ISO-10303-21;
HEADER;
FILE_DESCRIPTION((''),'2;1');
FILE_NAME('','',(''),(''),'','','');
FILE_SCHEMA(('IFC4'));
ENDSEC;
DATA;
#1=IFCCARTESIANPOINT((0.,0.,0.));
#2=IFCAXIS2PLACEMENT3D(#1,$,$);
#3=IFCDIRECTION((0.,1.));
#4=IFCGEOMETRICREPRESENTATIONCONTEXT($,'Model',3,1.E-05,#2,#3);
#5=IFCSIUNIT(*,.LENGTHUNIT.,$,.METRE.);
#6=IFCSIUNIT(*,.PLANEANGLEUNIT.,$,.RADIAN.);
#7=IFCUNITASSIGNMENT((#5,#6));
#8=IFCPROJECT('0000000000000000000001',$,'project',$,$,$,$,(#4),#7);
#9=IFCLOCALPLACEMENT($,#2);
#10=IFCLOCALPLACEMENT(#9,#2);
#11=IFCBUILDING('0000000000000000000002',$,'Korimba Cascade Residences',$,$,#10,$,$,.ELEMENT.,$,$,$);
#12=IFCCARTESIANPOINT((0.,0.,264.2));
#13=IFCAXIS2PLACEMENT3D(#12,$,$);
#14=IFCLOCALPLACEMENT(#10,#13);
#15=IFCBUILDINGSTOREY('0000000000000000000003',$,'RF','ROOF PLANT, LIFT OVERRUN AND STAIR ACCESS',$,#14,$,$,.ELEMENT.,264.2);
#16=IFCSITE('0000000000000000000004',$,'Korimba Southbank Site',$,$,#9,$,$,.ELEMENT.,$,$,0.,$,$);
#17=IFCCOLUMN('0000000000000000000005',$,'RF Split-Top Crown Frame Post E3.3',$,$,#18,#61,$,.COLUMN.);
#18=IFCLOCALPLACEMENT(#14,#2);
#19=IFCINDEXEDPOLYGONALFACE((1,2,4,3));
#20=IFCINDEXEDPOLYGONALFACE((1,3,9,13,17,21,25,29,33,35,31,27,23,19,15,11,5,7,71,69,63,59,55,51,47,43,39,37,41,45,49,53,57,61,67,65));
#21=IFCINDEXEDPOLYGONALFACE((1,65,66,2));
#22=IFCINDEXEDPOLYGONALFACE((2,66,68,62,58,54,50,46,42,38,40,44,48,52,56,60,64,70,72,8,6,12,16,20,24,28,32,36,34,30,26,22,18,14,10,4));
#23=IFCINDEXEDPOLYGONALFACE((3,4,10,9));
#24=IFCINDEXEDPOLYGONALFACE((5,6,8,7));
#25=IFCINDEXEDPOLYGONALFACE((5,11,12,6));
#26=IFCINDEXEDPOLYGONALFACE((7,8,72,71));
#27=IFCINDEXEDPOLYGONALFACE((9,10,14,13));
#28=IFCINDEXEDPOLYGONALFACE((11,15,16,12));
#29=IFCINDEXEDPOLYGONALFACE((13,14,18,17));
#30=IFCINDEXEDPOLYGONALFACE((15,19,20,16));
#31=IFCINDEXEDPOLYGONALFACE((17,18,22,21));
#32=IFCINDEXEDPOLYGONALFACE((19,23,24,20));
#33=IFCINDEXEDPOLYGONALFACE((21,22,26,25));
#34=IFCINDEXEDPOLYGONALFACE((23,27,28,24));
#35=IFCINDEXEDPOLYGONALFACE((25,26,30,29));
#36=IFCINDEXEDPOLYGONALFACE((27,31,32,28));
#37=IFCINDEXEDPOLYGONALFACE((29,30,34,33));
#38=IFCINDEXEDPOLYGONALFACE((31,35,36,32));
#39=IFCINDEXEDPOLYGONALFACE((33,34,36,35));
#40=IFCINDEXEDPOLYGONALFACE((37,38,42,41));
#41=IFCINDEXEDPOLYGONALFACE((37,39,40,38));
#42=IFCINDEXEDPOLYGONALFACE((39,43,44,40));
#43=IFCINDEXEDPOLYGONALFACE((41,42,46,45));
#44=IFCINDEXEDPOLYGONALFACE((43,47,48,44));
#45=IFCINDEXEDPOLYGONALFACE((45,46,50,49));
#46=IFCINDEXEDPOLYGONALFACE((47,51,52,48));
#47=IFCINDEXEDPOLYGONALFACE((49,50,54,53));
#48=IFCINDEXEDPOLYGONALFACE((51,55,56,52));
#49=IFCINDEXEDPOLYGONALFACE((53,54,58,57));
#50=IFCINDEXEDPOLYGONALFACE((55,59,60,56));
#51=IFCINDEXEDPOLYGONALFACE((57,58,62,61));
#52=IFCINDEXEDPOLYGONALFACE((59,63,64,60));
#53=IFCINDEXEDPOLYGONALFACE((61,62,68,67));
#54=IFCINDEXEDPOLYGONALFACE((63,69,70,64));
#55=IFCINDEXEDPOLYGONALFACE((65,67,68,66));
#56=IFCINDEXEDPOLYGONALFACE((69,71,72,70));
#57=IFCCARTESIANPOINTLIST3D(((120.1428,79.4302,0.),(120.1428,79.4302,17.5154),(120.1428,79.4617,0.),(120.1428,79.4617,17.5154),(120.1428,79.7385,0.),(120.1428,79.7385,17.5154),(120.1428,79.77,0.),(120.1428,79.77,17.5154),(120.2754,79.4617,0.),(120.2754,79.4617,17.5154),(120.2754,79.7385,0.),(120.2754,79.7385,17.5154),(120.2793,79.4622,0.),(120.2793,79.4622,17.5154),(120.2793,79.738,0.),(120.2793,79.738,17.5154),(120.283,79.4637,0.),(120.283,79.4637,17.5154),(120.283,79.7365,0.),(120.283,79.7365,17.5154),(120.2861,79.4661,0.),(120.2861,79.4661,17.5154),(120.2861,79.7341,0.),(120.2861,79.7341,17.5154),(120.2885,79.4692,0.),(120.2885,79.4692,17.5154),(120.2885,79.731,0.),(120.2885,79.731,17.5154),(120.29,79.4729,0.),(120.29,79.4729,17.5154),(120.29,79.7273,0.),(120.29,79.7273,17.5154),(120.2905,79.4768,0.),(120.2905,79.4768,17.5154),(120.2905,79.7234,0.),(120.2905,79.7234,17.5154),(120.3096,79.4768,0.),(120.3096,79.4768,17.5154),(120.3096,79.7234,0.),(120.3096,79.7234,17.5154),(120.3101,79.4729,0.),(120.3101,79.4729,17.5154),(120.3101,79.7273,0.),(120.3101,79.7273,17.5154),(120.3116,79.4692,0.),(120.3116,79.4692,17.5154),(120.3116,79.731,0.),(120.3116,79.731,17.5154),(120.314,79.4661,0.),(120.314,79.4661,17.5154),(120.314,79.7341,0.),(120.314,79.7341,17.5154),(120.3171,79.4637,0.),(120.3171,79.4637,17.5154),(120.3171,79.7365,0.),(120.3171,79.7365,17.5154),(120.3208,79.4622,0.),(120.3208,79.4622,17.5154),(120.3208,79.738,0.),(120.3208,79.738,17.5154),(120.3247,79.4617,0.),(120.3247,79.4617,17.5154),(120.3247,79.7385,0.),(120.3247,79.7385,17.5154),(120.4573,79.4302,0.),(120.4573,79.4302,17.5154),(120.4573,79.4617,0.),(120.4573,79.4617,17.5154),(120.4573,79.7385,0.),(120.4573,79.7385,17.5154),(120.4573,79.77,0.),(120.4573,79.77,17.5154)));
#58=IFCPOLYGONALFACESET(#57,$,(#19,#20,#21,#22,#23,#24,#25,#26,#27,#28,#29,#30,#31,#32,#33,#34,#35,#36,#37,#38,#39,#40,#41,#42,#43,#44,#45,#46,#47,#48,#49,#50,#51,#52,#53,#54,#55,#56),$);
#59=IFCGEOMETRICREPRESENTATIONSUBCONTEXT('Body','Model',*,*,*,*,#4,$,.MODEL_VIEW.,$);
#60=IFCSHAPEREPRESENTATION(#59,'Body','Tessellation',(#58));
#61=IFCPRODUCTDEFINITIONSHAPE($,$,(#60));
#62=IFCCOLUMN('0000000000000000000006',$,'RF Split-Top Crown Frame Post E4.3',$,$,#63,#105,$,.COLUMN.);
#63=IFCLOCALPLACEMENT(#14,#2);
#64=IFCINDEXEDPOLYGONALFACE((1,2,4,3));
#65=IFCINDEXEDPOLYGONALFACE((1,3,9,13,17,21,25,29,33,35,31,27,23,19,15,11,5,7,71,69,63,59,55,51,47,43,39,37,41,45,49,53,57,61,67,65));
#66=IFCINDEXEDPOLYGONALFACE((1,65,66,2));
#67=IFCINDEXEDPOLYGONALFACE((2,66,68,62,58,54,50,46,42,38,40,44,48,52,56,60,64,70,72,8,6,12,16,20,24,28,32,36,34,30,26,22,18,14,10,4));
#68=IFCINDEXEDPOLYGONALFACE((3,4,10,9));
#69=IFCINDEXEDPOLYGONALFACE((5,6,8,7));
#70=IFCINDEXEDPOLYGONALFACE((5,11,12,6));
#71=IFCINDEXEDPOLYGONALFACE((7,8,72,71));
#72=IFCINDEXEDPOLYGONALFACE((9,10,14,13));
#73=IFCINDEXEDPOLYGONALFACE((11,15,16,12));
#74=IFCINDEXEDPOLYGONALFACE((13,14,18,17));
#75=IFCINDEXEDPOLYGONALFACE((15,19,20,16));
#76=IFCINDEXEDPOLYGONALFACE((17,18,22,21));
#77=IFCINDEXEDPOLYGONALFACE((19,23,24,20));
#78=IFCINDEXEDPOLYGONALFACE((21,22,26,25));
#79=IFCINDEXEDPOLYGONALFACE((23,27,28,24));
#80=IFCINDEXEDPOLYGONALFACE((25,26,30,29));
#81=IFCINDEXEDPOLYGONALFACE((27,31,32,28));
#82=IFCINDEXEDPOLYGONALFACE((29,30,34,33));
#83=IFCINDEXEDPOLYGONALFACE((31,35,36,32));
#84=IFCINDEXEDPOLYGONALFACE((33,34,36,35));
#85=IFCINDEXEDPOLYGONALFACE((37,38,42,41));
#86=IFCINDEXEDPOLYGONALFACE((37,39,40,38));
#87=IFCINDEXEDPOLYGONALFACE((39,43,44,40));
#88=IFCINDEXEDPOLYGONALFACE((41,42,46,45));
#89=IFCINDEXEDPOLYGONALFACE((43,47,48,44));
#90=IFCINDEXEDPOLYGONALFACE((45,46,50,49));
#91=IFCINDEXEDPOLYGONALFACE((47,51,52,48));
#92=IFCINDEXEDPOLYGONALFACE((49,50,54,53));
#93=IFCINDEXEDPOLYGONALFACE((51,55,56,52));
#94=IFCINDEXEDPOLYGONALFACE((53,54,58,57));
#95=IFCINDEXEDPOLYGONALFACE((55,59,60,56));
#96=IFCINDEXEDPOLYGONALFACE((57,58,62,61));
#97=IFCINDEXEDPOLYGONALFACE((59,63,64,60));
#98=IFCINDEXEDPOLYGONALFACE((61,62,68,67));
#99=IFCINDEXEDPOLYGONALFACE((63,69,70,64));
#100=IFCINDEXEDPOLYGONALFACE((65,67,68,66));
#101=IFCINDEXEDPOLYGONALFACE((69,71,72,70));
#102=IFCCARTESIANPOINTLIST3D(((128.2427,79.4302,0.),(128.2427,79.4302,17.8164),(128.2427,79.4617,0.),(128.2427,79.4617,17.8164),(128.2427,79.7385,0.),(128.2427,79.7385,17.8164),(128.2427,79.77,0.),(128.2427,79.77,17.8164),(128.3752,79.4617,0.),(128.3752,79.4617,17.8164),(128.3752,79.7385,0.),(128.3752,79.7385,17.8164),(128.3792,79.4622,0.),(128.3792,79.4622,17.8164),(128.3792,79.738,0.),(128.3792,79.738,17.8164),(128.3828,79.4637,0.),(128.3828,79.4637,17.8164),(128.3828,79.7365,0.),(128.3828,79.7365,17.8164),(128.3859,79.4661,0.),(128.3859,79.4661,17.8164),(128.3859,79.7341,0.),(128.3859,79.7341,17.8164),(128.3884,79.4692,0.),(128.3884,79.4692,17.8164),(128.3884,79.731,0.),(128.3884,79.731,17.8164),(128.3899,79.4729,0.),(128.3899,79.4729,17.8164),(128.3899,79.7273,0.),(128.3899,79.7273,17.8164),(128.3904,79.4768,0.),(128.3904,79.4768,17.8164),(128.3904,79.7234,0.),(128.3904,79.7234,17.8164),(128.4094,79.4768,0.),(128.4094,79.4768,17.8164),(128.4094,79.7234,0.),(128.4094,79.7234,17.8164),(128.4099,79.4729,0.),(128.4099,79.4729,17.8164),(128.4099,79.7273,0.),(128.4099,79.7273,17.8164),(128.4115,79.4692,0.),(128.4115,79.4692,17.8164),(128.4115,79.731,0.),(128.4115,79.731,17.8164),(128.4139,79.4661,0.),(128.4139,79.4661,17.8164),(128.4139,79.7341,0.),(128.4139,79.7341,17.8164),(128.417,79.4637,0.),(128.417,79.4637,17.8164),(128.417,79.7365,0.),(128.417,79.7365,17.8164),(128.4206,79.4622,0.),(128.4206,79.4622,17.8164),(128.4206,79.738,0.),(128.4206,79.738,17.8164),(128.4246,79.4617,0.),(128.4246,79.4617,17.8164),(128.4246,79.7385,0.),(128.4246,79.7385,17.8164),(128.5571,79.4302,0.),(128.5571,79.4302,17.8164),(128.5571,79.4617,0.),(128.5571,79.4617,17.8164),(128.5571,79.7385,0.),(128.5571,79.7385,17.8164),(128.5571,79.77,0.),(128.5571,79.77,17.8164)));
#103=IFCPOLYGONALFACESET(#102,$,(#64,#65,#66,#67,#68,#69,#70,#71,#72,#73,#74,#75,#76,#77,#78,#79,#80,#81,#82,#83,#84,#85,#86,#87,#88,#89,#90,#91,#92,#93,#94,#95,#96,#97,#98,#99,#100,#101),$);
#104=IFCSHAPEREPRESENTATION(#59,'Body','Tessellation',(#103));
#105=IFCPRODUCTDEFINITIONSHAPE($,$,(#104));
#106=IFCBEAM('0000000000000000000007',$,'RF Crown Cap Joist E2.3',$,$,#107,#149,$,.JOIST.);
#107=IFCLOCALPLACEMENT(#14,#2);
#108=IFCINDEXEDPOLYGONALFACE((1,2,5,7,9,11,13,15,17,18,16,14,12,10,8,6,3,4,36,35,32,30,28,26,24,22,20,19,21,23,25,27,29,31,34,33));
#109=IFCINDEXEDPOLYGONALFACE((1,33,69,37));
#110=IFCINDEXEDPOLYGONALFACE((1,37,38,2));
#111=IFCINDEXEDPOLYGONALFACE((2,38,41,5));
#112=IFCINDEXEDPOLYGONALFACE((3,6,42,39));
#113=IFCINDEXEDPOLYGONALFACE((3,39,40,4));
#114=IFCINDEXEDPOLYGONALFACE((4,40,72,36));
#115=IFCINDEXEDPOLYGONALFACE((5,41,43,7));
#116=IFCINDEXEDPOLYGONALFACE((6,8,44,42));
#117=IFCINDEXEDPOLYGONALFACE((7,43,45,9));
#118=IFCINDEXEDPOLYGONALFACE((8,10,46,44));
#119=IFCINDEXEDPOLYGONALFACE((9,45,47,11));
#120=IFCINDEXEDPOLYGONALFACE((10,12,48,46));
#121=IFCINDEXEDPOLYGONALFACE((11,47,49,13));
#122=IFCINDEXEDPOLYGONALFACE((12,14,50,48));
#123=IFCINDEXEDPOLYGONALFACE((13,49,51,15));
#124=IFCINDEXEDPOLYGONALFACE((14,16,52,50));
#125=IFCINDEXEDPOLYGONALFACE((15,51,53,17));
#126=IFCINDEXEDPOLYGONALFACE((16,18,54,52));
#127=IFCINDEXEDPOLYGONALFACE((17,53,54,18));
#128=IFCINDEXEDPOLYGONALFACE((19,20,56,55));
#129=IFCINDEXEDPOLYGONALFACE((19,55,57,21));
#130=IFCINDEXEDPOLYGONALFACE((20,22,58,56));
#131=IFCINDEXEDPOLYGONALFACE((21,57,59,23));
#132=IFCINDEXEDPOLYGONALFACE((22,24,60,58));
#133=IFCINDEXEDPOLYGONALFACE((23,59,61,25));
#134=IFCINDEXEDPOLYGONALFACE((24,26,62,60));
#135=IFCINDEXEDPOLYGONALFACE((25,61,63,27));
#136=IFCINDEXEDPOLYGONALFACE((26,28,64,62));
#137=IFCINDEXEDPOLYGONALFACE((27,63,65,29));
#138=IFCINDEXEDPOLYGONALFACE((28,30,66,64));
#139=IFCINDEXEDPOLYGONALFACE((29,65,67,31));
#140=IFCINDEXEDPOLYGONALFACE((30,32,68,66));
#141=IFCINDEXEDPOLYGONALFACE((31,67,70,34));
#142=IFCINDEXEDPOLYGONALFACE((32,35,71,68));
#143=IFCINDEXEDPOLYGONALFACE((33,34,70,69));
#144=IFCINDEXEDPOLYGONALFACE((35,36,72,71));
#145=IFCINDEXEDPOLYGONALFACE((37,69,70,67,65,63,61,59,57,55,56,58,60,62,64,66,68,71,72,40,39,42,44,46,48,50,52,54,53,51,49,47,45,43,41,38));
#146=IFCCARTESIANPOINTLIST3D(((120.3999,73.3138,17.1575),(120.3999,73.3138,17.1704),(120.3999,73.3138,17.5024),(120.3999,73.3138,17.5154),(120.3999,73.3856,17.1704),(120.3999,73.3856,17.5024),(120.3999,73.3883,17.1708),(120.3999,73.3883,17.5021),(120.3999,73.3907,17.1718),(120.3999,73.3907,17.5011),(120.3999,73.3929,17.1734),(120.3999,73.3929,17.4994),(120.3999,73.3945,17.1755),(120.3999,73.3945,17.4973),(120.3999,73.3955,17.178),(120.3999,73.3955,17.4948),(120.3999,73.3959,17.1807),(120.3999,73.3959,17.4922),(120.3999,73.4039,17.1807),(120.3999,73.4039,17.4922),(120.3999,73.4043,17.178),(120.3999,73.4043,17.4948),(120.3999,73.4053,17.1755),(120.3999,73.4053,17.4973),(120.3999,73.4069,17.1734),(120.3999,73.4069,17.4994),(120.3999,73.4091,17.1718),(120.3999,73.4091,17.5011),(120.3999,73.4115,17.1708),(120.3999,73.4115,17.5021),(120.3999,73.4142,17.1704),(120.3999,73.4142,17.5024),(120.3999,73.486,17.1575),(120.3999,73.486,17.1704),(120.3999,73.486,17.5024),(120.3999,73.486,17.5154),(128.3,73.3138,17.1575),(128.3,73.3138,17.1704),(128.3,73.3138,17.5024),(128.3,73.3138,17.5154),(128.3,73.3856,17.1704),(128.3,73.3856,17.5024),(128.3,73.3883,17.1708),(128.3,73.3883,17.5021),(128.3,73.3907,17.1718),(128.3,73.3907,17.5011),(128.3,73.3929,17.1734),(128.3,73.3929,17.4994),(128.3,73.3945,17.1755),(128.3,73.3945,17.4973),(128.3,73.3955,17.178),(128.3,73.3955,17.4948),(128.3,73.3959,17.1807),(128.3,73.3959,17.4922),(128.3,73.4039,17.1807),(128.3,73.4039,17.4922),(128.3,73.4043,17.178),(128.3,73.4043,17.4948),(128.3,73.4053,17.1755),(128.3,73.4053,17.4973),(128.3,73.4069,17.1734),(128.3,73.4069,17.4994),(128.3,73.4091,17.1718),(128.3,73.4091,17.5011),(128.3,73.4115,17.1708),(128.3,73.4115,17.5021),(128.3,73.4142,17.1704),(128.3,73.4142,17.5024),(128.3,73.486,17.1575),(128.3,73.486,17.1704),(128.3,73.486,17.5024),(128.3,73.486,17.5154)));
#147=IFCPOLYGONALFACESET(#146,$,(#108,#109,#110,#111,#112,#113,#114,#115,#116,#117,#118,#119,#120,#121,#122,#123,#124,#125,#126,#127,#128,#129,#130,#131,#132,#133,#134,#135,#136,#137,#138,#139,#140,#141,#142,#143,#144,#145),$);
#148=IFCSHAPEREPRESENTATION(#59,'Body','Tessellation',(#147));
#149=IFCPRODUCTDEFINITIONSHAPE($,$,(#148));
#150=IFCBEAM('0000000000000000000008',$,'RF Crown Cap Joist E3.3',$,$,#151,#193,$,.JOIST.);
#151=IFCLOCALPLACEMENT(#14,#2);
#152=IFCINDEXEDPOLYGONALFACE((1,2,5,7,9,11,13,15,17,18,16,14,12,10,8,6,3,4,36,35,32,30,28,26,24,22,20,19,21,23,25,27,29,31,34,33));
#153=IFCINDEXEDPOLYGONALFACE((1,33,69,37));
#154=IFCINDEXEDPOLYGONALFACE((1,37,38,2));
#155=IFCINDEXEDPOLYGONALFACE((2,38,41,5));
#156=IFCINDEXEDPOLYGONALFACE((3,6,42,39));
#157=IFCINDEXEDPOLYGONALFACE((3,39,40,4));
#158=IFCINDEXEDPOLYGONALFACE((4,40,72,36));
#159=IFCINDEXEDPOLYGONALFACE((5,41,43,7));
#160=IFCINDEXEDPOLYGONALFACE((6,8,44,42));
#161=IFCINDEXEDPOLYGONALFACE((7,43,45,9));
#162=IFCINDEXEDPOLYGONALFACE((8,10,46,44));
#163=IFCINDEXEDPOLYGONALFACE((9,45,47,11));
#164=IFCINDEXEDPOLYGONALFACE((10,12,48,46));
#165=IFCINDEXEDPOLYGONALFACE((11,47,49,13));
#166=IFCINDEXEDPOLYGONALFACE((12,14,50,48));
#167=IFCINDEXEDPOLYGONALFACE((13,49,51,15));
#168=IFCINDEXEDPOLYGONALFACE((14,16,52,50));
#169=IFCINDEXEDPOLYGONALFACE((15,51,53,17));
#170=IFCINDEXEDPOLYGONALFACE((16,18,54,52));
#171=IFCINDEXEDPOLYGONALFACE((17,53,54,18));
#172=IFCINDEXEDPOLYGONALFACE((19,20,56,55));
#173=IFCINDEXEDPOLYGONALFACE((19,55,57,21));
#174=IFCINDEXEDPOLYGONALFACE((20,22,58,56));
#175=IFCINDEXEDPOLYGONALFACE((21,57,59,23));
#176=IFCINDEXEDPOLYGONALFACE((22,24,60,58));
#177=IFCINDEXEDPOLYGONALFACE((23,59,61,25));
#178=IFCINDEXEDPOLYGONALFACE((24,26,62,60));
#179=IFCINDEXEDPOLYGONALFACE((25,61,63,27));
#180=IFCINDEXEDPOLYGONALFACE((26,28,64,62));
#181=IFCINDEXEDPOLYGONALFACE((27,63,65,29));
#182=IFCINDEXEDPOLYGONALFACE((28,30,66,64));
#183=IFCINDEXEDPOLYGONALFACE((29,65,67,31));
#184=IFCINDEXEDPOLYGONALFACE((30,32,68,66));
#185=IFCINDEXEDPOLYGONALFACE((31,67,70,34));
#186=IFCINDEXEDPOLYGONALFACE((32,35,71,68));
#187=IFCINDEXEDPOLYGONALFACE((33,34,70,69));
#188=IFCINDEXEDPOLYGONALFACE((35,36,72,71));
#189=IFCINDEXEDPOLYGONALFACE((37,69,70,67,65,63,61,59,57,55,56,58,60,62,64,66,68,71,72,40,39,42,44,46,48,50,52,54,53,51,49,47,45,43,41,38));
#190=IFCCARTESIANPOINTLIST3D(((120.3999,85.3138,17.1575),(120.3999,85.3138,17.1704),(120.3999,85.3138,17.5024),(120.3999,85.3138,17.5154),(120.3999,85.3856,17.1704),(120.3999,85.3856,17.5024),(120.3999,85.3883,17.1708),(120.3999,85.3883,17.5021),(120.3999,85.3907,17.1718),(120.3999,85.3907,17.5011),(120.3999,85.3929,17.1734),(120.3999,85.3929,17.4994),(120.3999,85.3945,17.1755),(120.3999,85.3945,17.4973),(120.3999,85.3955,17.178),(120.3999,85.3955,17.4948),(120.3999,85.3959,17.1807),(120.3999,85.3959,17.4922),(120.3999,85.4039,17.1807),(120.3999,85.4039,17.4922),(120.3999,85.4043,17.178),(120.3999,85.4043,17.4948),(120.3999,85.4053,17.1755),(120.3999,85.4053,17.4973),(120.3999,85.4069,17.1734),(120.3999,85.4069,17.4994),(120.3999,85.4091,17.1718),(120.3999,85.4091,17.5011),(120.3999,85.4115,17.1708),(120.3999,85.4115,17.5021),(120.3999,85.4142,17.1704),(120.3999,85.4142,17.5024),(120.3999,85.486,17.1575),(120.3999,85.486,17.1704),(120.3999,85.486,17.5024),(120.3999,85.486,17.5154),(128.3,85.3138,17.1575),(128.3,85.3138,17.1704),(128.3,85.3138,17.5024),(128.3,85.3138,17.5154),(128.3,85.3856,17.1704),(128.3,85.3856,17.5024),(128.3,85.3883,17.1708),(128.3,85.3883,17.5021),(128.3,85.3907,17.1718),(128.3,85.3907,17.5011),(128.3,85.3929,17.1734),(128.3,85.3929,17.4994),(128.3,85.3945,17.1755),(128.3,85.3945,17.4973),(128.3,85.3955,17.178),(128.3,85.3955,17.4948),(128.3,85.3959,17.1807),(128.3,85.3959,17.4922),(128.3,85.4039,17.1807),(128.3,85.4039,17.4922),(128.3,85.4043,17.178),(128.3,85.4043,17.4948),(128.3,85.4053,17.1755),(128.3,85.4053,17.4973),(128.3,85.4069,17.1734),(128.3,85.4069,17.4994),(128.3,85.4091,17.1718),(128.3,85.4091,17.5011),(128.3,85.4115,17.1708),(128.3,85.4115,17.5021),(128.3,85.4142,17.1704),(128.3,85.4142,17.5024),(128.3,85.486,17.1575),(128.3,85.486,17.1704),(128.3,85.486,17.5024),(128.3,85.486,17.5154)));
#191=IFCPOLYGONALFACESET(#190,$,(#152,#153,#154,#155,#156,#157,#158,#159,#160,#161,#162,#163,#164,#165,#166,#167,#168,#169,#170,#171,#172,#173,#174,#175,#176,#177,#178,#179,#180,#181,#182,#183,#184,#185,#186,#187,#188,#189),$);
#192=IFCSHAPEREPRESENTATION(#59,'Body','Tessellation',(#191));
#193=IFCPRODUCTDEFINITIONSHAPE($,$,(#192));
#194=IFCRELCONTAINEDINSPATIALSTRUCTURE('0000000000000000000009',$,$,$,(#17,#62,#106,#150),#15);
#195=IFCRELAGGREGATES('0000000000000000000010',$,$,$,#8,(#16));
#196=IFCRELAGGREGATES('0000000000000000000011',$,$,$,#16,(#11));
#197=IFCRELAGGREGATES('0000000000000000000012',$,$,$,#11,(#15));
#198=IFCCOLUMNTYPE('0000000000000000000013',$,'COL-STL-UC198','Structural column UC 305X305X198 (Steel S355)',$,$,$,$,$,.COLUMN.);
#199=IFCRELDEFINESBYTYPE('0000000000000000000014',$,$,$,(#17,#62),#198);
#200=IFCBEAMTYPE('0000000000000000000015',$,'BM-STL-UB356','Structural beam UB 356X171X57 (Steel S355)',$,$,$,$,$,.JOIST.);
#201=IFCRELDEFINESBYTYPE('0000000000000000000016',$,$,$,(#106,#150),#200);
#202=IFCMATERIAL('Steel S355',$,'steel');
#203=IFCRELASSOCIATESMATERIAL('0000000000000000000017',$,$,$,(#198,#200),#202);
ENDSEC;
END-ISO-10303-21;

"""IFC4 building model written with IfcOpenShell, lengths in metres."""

from ifc_helpers import new_model, si_unit, direction, frame, origin, origin_2d, place, context, subcontext, project, spatial, i_section, extrude, material, material_profile, profile_set, type_object, element, save


model = new_model("IFC4")

# Units and contexts
model_context = context("Model", 3, precision=1e-05, world=origin(), true_north=direction((0.0, 1.0)))
body_context = subcontext(model_context, "Body", "Model", "MODEL_VIEW")
ifc_project = project(units=[si_unit("LENGTHUNIT", "METRE"), si_unit("PLANEANGLEUNIT", "RADIAN")], contexts=[model_context])

# Site, building, storey
site_placement = place(None, origin())
site = spatial("IfcSite", under=ifc_project, at=site_placement, Name="Korimba Southbank Site", CompositionType="ELEMENT", RefElevation=0.0)
building_placement = place(site_placement, origin())
building = spatial("IfcBuilding", under=site, at=building_placement, Name="Korimba Cascade Residences", CompositionType="ELEMENT")
storey_placement = place(building_placement, frame((0.0, 0.0, 264.2)))
storey = spatial("IfcBuildingStorey", under=building, at=storey_placement, Name="RF", Description="ROOF PLANT, LIFT OVERRUN AND STAIR ACCESS", CompositionType="ELEMENT", Elevation=264.2)

# Columns
ifc_material_1 = material(Name="Steel S355", Category="steel")
ifc_material_profile_1 = material_profile(ifc_material_1, i_section(OverallWidth=0.3145, OverallDepth=0.3398, WebThickness=0.019, FlangeThickness=0.0315, FilletRadius=0.0151, at=origin_2d()), Name="Steel S355")
ifc_profile_set_1 = profile_set([ifc_material_profile_1], Name="Steel S355")
column_type = type_object("IfcColumnType", Name="COL-STL-UC198", Description="Structural column UC 305X305X198 (Steel S355)", PredefinedType="COLUMN", material=ifc_profile_set_1)
column_1_placement = place(storey_placement, frame((120.3, 79.6001, 0.0), z_axis=(0.0, 0.0, 1.0), x_axis=(1.0, 0.0, 0.0)))
element("IfcColumn", 1, at=column_1_placement, inside=storey, type_object=column_type, Name="RF Split-Top Crown Frame Post E3.3", PredefinedType="COLUMN", context=body_context, shape_type="SweptSolid", body=[
    extrude(i_section(OverallWidth=0.3145, OverallDepth=0.3398, WebThickness=0.019, FlangeThickness=0.0315, FilletRadius=0.0151, at=origin_2d()), origin(), (0.0, 0.0, 1.0), 17.5154),
])
column_2_placement = place(storey_placement, frame((128.3999, 79.6001, 0.0), z_axis=(0.0, 0.0, 1.0), x_axis=(1.0, 0.0, 0.0)))
element("IfcColumn", 2, at=column_2_placement, inside=storey, type_object=column_type, Name="RF Split-Top Crown Frame Post E4.3", PredefinedType="COLUMN", context=body_context, shape_type="SweptSolid", body=[
    extrude(i_section(OverallWidth=0.3145, OverallDepth=0.3398, WebThickness=0.019, FlangeThickness=0.0315, FilletRadius=0.0151, at=origin_2d()), origin(), (0.0, 0.0, 1.0), 17.8164),
])

# Beams
ifc_material_profile_2 = material_profile(ifc_material_1, i_section(OverallWidth=0.1721, OverallDepth=0.3579, WebThickness=0.0081, FlangeThickness=0.0129, FilletRadius=0.0103, at=origin_2d()), Name="Steel S355")
ifc_profile_set_2 = profile_set([ifc_material_profile_2], Name="Steel S355")
beam_type_1 = type_object("IfcBeamType", Name="BM-STL-UB356", Description="Structural beam UB 356X171X57 (Steel S355)", PredefinedType="JOIST", material=ifc_profile_set_2)
for number, where, z_axis, x_axis, name in (
    (3, (120.3999, 73.3999, 17.3364), (1.0, 0.0, 0.0), (0.0, 1.0, 0.0), "RF Crown Cap Joist E2.3"),
    (4, (120.3999, 85.3999, 17.3364), (1.0, 0.0, 0.0), (0.0, 1.0, 0.0), "RF Crown Cap Joist E3.3"),
):
    element("IfcBeam", number, at=place(storey_placement, frame(where, z_axis=z_axis, x_axis=x_axis)), inside=storey, type_object=beam_type_1, Name=name, PredefinedType="JOIST", context=body_context, shape_type="SweptSolid", body=[
        extrude(i_section(OverallWidth=0.1721, OverallDepth=0.3579, WebThickness=0.0081, FlangeThickness=0.0129, FilletRadius=0.0103, at=origin_2d()), origin(), (0.0, 0.0, 1.0), 7.9001),
    ])

save(model, "model.ifc")
